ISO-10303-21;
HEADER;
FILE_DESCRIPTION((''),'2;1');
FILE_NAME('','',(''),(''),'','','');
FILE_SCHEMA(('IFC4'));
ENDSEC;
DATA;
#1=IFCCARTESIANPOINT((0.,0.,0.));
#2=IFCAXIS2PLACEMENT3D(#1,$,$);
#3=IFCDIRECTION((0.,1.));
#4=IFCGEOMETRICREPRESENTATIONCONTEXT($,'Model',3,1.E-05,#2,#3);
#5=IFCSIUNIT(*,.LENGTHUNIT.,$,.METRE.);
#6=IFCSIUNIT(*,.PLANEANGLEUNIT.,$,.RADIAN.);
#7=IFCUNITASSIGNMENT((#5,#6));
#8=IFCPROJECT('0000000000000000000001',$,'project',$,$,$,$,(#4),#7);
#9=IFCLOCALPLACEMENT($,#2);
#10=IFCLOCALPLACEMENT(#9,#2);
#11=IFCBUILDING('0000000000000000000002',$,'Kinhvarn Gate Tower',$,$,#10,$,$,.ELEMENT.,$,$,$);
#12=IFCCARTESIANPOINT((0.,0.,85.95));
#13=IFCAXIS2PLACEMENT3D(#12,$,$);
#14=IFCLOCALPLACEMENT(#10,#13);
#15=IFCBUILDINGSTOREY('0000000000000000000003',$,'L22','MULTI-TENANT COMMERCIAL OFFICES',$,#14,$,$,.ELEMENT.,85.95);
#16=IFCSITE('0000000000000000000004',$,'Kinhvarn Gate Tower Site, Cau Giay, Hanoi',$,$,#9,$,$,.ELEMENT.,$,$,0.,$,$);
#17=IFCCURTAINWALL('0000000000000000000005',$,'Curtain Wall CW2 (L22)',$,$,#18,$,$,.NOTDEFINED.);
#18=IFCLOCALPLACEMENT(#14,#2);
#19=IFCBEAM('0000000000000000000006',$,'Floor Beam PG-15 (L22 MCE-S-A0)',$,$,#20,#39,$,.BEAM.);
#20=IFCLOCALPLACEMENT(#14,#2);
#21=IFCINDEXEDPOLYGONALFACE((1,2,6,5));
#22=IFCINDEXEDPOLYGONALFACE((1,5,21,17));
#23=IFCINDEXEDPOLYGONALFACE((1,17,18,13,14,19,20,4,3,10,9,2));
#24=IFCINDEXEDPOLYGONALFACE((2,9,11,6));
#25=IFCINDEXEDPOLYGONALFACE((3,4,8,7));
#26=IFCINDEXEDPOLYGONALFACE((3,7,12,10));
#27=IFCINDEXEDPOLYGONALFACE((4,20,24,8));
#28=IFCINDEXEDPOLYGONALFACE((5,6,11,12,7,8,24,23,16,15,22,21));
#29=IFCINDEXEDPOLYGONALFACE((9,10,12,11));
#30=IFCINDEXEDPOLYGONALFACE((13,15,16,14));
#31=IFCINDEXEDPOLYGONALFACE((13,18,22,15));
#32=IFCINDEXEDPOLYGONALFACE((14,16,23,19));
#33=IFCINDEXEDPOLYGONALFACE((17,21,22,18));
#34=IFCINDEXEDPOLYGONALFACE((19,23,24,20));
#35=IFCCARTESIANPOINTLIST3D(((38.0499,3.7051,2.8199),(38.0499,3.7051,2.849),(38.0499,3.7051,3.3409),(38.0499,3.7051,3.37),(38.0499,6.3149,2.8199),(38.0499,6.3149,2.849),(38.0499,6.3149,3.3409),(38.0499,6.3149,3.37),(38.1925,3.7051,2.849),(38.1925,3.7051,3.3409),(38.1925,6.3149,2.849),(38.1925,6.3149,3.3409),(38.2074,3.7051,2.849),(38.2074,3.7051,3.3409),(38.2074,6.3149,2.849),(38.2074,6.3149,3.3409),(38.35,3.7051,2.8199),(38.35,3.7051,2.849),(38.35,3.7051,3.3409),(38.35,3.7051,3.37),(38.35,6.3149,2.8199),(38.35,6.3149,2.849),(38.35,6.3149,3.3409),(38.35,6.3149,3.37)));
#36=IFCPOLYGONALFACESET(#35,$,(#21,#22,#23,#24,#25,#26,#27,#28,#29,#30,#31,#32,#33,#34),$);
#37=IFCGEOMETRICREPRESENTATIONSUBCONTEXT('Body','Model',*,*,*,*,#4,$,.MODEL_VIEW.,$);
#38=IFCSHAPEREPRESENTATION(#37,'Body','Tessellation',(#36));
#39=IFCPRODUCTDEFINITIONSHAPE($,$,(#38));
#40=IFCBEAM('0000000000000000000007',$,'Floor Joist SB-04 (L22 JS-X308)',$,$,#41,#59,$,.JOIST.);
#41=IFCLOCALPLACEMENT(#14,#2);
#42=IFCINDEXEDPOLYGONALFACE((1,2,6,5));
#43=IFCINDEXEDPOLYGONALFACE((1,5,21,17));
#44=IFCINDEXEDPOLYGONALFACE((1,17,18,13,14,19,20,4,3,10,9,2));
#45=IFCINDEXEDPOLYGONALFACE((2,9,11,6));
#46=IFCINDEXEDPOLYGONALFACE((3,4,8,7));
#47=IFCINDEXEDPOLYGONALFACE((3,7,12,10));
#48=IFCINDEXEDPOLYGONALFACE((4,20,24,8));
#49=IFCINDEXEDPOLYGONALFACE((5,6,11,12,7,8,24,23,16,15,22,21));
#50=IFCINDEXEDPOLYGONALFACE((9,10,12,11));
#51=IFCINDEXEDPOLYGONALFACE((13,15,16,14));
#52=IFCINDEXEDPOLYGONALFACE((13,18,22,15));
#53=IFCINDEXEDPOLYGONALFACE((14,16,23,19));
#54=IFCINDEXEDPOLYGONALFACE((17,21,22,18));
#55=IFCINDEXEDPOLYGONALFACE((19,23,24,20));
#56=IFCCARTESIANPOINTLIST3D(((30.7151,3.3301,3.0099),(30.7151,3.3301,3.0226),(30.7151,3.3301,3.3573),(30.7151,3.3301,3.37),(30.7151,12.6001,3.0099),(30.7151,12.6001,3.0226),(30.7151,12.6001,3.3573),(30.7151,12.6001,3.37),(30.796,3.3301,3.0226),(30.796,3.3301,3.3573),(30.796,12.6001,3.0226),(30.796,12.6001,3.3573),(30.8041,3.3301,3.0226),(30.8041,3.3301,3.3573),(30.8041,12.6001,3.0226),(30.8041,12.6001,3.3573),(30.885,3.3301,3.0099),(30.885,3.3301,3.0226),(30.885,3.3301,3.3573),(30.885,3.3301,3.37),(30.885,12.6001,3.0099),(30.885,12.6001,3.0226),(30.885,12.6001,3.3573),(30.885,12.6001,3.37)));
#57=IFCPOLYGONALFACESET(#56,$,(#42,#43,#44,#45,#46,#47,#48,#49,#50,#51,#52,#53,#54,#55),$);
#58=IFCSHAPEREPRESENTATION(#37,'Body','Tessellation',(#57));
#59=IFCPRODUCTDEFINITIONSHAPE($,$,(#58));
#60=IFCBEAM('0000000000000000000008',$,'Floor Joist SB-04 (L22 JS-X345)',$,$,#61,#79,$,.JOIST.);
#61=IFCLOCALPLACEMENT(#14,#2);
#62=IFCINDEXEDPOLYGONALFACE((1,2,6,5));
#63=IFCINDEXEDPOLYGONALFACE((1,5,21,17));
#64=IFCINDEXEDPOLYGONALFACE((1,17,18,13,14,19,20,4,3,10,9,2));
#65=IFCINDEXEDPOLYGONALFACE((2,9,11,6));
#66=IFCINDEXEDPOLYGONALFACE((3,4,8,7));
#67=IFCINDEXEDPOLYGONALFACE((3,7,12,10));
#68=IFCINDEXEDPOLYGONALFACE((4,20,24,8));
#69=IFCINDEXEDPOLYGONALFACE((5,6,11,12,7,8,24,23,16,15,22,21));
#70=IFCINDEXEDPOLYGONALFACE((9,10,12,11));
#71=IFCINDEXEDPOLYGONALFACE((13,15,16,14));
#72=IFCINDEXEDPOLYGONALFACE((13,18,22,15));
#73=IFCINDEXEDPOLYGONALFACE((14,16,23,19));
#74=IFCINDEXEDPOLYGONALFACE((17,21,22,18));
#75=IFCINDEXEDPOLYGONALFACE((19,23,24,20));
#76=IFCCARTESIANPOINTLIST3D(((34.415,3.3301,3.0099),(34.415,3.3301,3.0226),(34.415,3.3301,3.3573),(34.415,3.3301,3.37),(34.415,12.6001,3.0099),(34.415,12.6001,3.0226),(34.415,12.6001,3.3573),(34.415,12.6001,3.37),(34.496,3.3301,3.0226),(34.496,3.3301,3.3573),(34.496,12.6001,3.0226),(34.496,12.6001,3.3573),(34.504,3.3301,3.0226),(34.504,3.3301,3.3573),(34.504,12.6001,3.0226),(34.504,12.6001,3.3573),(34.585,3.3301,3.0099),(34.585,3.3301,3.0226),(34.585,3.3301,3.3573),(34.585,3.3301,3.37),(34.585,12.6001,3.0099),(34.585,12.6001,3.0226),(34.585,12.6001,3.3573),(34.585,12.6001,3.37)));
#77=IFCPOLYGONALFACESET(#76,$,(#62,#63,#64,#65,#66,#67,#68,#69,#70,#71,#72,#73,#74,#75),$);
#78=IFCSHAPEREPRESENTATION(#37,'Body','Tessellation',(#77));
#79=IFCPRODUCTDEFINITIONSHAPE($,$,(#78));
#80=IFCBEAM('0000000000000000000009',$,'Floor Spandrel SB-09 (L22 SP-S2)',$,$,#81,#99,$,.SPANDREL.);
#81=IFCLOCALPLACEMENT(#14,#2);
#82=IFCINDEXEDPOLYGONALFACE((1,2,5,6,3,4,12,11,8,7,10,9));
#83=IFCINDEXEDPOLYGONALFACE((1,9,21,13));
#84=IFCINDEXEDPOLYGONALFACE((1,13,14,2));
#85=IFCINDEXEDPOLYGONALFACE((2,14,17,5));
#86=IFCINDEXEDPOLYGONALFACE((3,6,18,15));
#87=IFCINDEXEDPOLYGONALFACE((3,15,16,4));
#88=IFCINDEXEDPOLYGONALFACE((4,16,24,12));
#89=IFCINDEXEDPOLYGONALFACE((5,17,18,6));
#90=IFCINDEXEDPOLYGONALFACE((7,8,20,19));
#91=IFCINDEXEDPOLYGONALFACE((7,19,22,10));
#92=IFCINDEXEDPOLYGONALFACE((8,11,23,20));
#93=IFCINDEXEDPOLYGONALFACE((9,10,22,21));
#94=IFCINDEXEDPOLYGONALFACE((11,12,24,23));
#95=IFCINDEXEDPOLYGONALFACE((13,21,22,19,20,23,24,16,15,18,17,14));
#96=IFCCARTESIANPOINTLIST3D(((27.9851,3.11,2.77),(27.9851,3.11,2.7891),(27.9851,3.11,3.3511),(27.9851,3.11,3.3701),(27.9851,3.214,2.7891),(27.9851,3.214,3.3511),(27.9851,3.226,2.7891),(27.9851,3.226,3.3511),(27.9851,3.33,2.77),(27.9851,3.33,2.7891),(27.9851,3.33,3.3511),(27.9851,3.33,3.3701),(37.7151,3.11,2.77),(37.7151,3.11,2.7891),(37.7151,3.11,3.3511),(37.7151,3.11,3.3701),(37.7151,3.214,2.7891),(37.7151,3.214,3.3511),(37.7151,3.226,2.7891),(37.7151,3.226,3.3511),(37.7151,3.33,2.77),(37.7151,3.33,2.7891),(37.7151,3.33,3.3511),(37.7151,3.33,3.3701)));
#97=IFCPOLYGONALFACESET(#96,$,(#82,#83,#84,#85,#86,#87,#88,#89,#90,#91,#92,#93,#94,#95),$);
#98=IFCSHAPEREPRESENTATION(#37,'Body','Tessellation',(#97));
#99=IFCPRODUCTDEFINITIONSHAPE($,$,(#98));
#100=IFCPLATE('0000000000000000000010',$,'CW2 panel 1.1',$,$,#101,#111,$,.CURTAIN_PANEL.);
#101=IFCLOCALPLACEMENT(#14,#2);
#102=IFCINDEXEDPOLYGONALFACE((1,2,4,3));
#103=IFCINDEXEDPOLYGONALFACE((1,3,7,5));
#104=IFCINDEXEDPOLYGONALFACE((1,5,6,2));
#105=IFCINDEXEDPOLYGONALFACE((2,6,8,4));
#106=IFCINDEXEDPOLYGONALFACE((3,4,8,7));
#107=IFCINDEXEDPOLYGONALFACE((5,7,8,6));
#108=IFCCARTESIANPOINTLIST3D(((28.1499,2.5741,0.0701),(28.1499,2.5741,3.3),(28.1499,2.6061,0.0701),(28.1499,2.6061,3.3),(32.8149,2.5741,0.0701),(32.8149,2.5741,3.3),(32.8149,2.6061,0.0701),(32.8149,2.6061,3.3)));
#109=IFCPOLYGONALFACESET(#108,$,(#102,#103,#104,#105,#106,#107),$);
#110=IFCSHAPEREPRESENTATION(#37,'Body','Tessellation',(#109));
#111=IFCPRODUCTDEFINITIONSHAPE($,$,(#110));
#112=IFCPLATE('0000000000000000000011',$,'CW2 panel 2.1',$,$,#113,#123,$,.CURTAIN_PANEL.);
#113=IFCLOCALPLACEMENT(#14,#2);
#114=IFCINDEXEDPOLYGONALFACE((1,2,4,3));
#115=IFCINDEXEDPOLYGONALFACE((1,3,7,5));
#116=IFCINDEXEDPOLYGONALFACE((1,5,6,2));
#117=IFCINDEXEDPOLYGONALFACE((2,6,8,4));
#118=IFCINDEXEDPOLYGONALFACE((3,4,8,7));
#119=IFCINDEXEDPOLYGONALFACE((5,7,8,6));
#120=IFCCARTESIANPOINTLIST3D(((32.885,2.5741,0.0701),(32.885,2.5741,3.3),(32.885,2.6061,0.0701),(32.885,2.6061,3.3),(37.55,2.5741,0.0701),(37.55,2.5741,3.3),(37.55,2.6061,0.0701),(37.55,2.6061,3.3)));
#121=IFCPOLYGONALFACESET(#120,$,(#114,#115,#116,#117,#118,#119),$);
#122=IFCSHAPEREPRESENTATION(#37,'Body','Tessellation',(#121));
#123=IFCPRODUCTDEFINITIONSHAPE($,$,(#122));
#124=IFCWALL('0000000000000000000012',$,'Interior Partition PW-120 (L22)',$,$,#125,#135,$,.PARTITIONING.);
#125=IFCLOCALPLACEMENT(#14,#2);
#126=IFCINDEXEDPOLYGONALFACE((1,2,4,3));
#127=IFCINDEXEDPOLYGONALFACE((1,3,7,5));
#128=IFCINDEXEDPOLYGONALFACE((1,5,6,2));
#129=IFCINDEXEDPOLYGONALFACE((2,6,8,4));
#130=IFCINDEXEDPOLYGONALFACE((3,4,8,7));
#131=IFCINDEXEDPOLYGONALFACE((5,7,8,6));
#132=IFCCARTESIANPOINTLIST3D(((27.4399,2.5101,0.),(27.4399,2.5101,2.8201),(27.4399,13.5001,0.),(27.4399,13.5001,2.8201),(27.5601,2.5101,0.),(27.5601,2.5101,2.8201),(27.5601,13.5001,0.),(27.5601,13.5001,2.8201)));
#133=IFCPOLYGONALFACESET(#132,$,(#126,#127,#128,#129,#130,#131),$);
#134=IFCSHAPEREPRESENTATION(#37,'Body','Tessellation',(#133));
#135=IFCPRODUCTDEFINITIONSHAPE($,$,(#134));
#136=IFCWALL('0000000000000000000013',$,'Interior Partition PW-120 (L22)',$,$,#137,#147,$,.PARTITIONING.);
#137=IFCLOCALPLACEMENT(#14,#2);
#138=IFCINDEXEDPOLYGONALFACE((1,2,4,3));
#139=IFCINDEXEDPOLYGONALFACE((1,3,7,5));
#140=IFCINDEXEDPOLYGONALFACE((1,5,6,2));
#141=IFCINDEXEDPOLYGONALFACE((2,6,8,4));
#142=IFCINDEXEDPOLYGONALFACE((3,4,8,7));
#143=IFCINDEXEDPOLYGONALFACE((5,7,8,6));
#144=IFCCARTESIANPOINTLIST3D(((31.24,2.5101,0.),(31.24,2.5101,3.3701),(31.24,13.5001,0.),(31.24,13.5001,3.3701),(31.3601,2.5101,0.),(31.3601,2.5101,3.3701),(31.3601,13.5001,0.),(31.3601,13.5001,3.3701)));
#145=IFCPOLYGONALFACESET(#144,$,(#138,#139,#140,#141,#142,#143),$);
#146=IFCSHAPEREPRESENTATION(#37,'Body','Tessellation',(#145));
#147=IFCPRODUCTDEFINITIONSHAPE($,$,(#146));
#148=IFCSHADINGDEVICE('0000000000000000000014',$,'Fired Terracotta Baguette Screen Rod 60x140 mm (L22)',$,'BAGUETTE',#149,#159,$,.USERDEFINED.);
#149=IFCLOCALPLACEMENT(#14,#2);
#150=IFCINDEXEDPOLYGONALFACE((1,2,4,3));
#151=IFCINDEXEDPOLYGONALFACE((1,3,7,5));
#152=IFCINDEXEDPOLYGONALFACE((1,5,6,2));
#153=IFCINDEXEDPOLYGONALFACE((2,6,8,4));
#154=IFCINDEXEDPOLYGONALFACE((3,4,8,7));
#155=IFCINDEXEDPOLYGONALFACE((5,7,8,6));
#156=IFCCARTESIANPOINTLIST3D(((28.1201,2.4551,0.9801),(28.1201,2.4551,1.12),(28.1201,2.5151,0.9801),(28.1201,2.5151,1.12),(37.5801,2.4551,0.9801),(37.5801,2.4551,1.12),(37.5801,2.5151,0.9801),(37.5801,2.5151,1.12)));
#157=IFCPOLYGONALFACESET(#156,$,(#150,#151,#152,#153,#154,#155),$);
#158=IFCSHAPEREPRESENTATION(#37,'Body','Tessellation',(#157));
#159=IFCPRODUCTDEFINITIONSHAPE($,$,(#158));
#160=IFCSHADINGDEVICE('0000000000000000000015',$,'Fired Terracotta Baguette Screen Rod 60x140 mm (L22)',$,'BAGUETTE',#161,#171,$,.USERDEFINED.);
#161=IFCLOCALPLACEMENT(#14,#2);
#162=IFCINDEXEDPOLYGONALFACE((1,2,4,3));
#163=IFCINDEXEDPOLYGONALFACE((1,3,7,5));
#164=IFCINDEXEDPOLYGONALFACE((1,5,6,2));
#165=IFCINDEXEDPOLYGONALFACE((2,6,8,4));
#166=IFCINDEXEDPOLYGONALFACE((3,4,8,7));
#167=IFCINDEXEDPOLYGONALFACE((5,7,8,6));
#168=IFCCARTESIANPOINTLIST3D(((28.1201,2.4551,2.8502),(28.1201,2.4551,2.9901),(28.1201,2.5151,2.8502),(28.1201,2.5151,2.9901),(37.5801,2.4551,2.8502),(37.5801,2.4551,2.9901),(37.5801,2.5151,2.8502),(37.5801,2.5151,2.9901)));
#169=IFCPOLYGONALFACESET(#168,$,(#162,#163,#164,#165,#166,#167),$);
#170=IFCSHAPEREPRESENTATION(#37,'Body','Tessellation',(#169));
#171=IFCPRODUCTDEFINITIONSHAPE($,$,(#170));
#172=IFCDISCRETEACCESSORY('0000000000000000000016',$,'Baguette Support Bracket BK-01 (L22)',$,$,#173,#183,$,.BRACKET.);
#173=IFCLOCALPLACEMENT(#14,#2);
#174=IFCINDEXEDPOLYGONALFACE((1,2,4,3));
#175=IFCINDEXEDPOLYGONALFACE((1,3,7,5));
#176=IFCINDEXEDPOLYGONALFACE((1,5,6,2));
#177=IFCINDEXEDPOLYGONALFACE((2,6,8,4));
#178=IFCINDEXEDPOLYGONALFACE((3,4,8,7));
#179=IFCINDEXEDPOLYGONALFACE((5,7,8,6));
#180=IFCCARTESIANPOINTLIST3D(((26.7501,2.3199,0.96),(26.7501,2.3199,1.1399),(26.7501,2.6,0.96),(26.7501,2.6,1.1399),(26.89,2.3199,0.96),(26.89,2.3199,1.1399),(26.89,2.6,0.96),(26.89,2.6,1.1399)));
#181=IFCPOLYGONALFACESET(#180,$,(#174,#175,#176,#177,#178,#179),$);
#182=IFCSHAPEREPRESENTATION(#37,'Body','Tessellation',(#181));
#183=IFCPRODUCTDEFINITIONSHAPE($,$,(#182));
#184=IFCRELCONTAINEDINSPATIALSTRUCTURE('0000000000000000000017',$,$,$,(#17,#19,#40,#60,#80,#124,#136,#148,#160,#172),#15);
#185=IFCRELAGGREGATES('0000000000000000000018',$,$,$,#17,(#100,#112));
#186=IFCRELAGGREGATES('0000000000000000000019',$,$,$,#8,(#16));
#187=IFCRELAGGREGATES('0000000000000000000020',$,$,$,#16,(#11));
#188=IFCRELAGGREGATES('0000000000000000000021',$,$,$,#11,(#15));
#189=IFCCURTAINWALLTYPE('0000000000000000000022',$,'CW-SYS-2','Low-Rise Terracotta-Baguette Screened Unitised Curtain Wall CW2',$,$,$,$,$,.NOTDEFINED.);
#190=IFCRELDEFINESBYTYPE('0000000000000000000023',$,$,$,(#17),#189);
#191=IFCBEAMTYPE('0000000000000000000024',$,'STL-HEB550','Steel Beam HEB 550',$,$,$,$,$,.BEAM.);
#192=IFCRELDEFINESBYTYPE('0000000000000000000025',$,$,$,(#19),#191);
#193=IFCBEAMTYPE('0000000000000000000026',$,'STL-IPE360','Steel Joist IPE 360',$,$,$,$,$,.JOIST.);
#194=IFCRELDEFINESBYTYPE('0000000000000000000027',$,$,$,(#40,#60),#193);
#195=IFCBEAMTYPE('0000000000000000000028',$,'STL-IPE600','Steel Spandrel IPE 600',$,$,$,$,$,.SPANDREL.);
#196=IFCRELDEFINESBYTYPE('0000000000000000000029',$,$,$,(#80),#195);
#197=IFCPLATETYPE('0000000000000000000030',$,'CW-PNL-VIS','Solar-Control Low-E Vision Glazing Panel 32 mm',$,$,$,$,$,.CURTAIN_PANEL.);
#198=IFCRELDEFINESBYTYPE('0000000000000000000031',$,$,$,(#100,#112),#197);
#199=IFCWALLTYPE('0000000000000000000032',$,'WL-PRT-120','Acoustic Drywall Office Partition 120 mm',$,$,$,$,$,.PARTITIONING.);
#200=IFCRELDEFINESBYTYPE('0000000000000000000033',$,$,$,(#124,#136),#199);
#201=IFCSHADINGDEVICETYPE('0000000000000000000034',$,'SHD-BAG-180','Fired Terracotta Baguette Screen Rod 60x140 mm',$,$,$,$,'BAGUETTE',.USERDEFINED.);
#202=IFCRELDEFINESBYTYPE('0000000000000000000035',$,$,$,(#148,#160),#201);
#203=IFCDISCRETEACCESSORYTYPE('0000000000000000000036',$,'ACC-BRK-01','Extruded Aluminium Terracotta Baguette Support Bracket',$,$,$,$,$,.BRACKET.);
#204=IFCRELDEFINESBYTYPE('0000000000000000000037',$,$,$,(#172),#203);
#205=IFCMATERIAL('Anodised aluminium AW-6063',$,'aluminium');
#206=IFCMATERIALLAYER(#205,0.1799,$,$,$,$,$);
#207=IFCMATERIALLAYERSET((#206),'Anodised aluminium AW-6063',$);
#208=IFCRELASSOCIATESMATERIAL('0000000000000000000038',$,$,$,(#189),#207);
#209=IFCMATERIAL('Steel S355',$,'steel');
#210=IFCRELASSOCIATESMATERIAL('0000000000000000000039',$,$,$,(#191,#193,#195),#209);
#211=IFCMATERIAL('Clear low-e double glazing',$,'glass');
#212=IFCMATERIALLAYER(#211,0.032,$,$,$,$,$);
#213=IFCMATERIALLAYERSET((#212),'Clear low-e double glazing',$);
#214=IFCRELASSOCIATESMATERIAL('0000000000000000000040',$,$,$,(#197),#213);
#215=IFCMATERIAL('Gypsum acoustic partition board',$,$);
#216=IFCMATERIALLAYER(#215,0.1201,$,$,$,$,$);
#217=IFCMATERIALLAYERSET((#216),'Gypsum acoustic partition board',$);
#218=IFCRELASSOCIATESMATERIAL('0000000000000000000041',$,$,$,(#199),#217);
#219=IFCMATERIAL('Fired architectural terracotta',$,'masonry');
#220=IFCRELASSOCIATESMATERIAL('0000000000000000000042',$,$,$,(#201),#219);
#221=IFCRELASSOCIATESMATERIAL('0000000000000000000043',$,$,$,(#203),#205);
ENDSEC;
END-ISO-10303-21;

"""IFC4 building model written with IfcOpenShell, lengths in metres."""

from ifc_helpers import new_model, si_unit, direction, frame, frame_2d, origin, origin_2d, place, context, subcontext, project, spatial, rectangle, i_section, extrude, material, layer, layer_set, material_profile, profile_set, type_object, element, aggregate, save


model = new_model("IFC4")

# Units and contexts
model_context = context("Model", 3, precision=1e-05, world=origin(), true_north=direction((0.0, 1.0)))
body_context = subcontext(model_context, "Body", "Model", "MODEL_VIEW")
ifc_project = project(units=[si_unit("LENGTHUNIT", "METRE"), si_unit("PLANEANGLEUNIT", "RADIAN")], contexts=[model_context])

# Site, building, storey
site_placement = place(None, origin())
site = spatial("IfcSite", under=ifc_project, at=site_placement, Name="Kinhvarn Gate Tower Site, Cau Giay, Hanoi", CompositionType="ELEMENT", RefElevation=0.0)
building_placement = place(site_placement, origin())
building = spatial("IfcBuilding", under=site, at=building_placement, Name="Kinhvarn Gate Tower", CompositionType="ELEMENT")
storey_placement = place(building_placement, frame((0.0, 0.0, 85.95)))
storey = spatial("IfcBuildingStorey", under=building, at=storey_placement, Name="L22", Description="MULTI-TENANT COMMERCIAL OFFICES", CompositionType="ELEMENT", Elevation=85.95)

# Shared definitions
ifc_material_1 = material(Name="Anodised aluminium AW-6063", Category="aluminium")
ifc_layer_1 = layer(ifc_material_1, 0.1799)
ifc_layer_set_1 = layer_set([ifc_layer_1], Name="Anodised aluminium AW-6063")
curtain_wall_type = type_object("IfcCurtainWallType", Name="CW-SYS-2", Description="Low-Rise Terracotta-Baguette Screened Unitised Curtain Wall CW2", PredefinedType="NOTDEFINED", material=ifc_layer_set_1)

# Curtain wall
curtain_wall_1_placement = place(storey_placement, origin())
curtain_wall_1 = element("IfcCurtainWall", 1, at=curtain_wall_1_placement, inside=storey, type_object=curtain_wall_type, Name="Curtain Wall CW2 (L22)", PredefinedType="NOTDEFINED")

# Beams
ifc_material_2 = material(Name="Steel S355", Category="steel")
ifc_material_profile_1 = material_profile(ifc_material_2, i_section(OverallWidth=0.3, OverallDepth=0.55, WebThickness=0.0149, FlangeThickness=0.0291, at=origin_2d()), Name="HEB 550")
ifc_profile_set_1 = profile_set([ifc_material_profile_1], Name="Steel S355")
beam_type_1 = type_object("IfcBeamType", Name="STL-HEB550", Description="Steel Beam HEB 550", PredefinedType="BEAM", material=ifc_profile_set_1)
beam_1_placement = place(storey_placement, frame((38.2, 3.7051, 3.095), z_axis=(0.0, 1.0, 0.0), x_axis=(-1.0, 0.0, 0.0)))
element("IfcBeam", 2, at=beam_1_placement, inside=storey, type_object=beam_type_1, Name="Floor Beam PG-15 (L22 MCE-S-A0)", PredefinedType="BEAM", context=body_context, shape_type="SweptSolid", body=[
    extrude(i_section(OverallWidth=0.3, OverallDepth=0.55, WebThickness=0.0149, FlangeThickness=0.0291, at=origin_2d()), origin(), (0.0, 0.0, 1.0), 2.6099),
])
ifc_material_profile_2 = material_profile(ifc_material_2, i_section(OverallWidth=0.1699, OverallDepth=0.3601, WebThickness=0.0081, FlangeThickness=0.0127, at=origin_2d()), Name="IPE 360")
ifc_profile_set_2 = profile_set([ifc_material_profile_2], Name="Steel S355")
beam_type_2 = type_object("IfcBeamType", Name="STL-IPE360", Description="Steel Joist IPE 360", PredefinedType="JOIST", material=ifc_profile_set_2)
for number, where, z_axis, x_axis, name in (
    (3, (30.8, 3.3301, 3.1899), (0.0, 1.0, 0.0), (-1.0, 0.0, 0.0), "Floor Joist SB-04 (L22 JS-X308)"),
    (4, (34.5, 3.3301, 3.1899), (0.0, 1.0, 0.0), (-1.0, 0.0, 0.0), "Floor Joist SB-04 (L22 JS-X345)"),
):
    element("IfcBeam", number, at=place(storey_placement, frame(where, z_axis=z_axis, x_axis=x_axis)), inside=storey, type_object=beam_type_2, Name=name, PredefinedType="JOIST", context=body_context, shape_type="SweptSolid", body=[
        extrude(i_section(OverallWidth=0.1699, OverallDepth=0.3601, WebThickness=0.0081, FlangeThickness=0.0127, at=origin_2d()), origin(), (0.0, 0.0, 1.0), 9.27),
    ])
ifc_material_profile_3 = material_profile(ifc_material_2, i_section(OverallWidth=0.22, OverallDepth=0.6001, WebThickness=0.012, FlangeThickness=0.019, at=origin_2d()), Name="IPE 600")
ifc_profile_set_3 = profile_set([ifc_material_profile_3], Name="Steel S355")
beam_type_3 = type_object("IfcBeamType", Name="STL-IPE600", Description="Steel Spandrel IPE 600", PredefinedType="SPANDREL", material=ifc_profile_set_3)
beam_2_placement = place(storey_placement, frame((27.9851, 3.22, 3.0701), z_axis=(1.0, 0.0, 0.0), x_axis=(0.0, 1.0, 0.0)))
element("IfcBeam", 5, at=beam_2_placement, inside=storey, type_object=beam_type_3, Name="Floor Spandrel SB-09 (L22 SP-S2)", PredefinedType="SPANDREL", context=body_context, shape_type="SweptSolid", body=[
    extrude(i_section(OverallWidth=0.22, OverallDepth=0.6001, WebThickness=0.012, FlangeThickness=0.019, at=origin_2d()), origin(), (0.0, 0.0, 1.0), 9.73),
])

# Plates
ifc_material_3 = material(Name="Clear low-e double glazing", Category="glass")
ifc_layer_2 = layer(ifc_material_3, 0.032)
ifc_layer_set_2 = layer_set([ifc_layer_2], Name="Clear low-e double glazing")
plate_type = type_object("IfcPlateType", Name="CW-PNL-VIS", Description="Solar-Control Low-E Vision Glazing Panel 32 mm", PredefinedType="CURTAIN_PANEL", material=ifc_layer_set_2)
plate_1_placement = place(storey_placement, frame((30.4824, 2.5901, 0.0701), z_axis=(0.0, 0.0, 1.0), x_axis=(1.0, 0.0, 0.0)))
plate_1 = element("IfcPlate", 6, at=plate_1_placement, type_object=plate_type, Name="CW2 panel 1.1", PredefinedType="CURTAIN_PANEL", context=body_context, shape_type="SweptSolid", body=[
    extrude(rectangle(XDim=4.665, YDim=0.032, at=origin_2d()), origin(), (0.0, 0.0, 1.0), 3.23),
])
plate_2_placement = place(storey_placement, frame((35.2175, 2.5901, 0.0701), z_axis=(0.0, 0.0, 1.0), x_axis=(1.0, 0.0, 0.0)))
plate_2 = element("IfcPlate", 7, at=plate_2_placement, type_object=plate_type, Name="CW2 panel 2.1", PredefinedType="CURTAIN_PANEL", context=body_context, shape_type="SweptSolid", body=[
    extrude(rectangle(XDim=4.665, YDim=0.032, at=origin_2d()), origin(), (0.0, 0.0, 1.0), 3.23),
])
aggregate(curtain_wall_1, [plate_1, plate_2])

# Walls
ifc_material_4 = material(Name="Gypsum acoustic partition board")
ifc_layer_3 = layer(ifc_material_4, 0.1201)
ifc_layer_set_3 = layer_set([ifc_layer_3], Name="Gypsum acoustic partition board")
wall_type = type_object("IfcWallType", Name="WL-PRT-120", Description="Acoustic Drywall Office Partition 120 mm", PredefinedType="PARTITIONING", material=ifc_layer_set_3)
wall_1_placement = place(storey_placement, frame((27.5, 2.51, 0.0), z_axis=(0.0, 0.0, 1.0), x_axis=(0.0, 1.0, 0.0)))
element("IfcWall", 8, at=wall_1_placement, inside=storey, type_object=wall_type, Name="Interior Partition PW-120 (L22)", PredefinedType="PARTITIONING", context=body_context, shape_type="SweptSolid", body=[
    extrude(rectangle(XDim=10.99, YDim=0.1201, at=frame_2d((5.4951, 0.0))), origin(), (0.0, 0.0, 1.0), 2.8201),
])
wall_2_placement = place(storey_placement, frame((31.3, 2.51, 0.0), z_axis=(0.0, 0.0, 1.0), x_axis=(0.0, 1.0, 0.0)))
element("IfcWall", 9, at=wall_2_placement, inside=storey, type_object=wall_type, Name="Interior Partition PW-120 (L22)", PredefinedType="PARTITIONING", context=body_context, shape_type="SweptSolid", body=[
    extrude(rectangle(XDim=10.99, YDim=0.1201, at=frame_2d((5.4951, 0.0))), origin(), (0.0, 0.0, 1.0), 3.3701),
])

# Shading devices
ifc_material_5 = material(Name="Fired architectural terracotta", Category="masonry")
ifc_material_profile_4 = material_profile(ifc_material_5, rectangle(XDim=0.0601, YDim=0.1399, at=origin_2d()), Name="TC 60x140")
ifc_profile_set_4 = profile_set([ifc_material_profile_4], Name="Fired architectural terracotta")
shading_device_type = type_object("IfcShadingDeviceType", Name="SHD-BAG-180", Description="Fired Terracotta Baguette Screen Rod 60x140 mm", ElementType="BAGUETTE", PredefinedType="USERDEFINED", material=ifc_profile_set_4)
for number, where, z_axis, x_axis, name in (
    (10, (28.1201, 2.4851, 1.05), (1.0, 0.0, 0.0), (0.0, 1.0, 0.0), "Fired Terracotta Baguette Screen Rod 60x140 mm (L22)"),
    (11, (28.1201, 2.4851, 2.9202), (1.0, 0.0, 0.0), (0.0, 1.0, 0.0), "Fired Terracotta Baguette Screen Rod 60x140 mm (L22)"),
):
    element("IfcShadingDevice", number, at=place(storey_placement, frame(where, z_axis=z_axis, x_axis=x_axis)), inside=storey, type_object=shading_device_type, Name=name, ObjectType="BAGUETTE", PredefinedType="USERDEFINED", context=body_context, shape_type="SweptSolid", body=[
        extrude(rectangle(XDim=0.0601, YDim=0.1399, at=origin_2d()), origin(), (0.0, 0.0, 1.0), 9.46),
    ])

# Discrete accessory
discrete_accessory_type = type_object("IfcDiscreteAccessoryType", Name="ACC-BRK-01", Description="Extruded Aluminium Terracotta Baguette Support Bracket", PredefinedType="BRACKET", material=ifc_material_1)
for number, where, z_axis, x_axis, name in (
    (12, (26.8201, 2.46, 0.96), (0.0, 0.0, 1.0), (1.0, 0.0, 0.0), "Baguette Support Bracket BK-01 (L22)"),
):
    element("IfcDiscreteAccessory", number, at=place(storey_placement, frame(where, z_axis=z_axis, x_axis=x_axis)), inside=storey, type_object=discrete_accessory_type, Name=name, PredefinedType="BRACKET", context=body_context, shape_type="SweptSolid", body=[
        extrude(rectangle(XDim=0.1399, YDim=0.28, at=origin_2d()), origin(), (0.0, 0.0, 1.0), 0.1799),
    ])

save(model, "model.ifc")
